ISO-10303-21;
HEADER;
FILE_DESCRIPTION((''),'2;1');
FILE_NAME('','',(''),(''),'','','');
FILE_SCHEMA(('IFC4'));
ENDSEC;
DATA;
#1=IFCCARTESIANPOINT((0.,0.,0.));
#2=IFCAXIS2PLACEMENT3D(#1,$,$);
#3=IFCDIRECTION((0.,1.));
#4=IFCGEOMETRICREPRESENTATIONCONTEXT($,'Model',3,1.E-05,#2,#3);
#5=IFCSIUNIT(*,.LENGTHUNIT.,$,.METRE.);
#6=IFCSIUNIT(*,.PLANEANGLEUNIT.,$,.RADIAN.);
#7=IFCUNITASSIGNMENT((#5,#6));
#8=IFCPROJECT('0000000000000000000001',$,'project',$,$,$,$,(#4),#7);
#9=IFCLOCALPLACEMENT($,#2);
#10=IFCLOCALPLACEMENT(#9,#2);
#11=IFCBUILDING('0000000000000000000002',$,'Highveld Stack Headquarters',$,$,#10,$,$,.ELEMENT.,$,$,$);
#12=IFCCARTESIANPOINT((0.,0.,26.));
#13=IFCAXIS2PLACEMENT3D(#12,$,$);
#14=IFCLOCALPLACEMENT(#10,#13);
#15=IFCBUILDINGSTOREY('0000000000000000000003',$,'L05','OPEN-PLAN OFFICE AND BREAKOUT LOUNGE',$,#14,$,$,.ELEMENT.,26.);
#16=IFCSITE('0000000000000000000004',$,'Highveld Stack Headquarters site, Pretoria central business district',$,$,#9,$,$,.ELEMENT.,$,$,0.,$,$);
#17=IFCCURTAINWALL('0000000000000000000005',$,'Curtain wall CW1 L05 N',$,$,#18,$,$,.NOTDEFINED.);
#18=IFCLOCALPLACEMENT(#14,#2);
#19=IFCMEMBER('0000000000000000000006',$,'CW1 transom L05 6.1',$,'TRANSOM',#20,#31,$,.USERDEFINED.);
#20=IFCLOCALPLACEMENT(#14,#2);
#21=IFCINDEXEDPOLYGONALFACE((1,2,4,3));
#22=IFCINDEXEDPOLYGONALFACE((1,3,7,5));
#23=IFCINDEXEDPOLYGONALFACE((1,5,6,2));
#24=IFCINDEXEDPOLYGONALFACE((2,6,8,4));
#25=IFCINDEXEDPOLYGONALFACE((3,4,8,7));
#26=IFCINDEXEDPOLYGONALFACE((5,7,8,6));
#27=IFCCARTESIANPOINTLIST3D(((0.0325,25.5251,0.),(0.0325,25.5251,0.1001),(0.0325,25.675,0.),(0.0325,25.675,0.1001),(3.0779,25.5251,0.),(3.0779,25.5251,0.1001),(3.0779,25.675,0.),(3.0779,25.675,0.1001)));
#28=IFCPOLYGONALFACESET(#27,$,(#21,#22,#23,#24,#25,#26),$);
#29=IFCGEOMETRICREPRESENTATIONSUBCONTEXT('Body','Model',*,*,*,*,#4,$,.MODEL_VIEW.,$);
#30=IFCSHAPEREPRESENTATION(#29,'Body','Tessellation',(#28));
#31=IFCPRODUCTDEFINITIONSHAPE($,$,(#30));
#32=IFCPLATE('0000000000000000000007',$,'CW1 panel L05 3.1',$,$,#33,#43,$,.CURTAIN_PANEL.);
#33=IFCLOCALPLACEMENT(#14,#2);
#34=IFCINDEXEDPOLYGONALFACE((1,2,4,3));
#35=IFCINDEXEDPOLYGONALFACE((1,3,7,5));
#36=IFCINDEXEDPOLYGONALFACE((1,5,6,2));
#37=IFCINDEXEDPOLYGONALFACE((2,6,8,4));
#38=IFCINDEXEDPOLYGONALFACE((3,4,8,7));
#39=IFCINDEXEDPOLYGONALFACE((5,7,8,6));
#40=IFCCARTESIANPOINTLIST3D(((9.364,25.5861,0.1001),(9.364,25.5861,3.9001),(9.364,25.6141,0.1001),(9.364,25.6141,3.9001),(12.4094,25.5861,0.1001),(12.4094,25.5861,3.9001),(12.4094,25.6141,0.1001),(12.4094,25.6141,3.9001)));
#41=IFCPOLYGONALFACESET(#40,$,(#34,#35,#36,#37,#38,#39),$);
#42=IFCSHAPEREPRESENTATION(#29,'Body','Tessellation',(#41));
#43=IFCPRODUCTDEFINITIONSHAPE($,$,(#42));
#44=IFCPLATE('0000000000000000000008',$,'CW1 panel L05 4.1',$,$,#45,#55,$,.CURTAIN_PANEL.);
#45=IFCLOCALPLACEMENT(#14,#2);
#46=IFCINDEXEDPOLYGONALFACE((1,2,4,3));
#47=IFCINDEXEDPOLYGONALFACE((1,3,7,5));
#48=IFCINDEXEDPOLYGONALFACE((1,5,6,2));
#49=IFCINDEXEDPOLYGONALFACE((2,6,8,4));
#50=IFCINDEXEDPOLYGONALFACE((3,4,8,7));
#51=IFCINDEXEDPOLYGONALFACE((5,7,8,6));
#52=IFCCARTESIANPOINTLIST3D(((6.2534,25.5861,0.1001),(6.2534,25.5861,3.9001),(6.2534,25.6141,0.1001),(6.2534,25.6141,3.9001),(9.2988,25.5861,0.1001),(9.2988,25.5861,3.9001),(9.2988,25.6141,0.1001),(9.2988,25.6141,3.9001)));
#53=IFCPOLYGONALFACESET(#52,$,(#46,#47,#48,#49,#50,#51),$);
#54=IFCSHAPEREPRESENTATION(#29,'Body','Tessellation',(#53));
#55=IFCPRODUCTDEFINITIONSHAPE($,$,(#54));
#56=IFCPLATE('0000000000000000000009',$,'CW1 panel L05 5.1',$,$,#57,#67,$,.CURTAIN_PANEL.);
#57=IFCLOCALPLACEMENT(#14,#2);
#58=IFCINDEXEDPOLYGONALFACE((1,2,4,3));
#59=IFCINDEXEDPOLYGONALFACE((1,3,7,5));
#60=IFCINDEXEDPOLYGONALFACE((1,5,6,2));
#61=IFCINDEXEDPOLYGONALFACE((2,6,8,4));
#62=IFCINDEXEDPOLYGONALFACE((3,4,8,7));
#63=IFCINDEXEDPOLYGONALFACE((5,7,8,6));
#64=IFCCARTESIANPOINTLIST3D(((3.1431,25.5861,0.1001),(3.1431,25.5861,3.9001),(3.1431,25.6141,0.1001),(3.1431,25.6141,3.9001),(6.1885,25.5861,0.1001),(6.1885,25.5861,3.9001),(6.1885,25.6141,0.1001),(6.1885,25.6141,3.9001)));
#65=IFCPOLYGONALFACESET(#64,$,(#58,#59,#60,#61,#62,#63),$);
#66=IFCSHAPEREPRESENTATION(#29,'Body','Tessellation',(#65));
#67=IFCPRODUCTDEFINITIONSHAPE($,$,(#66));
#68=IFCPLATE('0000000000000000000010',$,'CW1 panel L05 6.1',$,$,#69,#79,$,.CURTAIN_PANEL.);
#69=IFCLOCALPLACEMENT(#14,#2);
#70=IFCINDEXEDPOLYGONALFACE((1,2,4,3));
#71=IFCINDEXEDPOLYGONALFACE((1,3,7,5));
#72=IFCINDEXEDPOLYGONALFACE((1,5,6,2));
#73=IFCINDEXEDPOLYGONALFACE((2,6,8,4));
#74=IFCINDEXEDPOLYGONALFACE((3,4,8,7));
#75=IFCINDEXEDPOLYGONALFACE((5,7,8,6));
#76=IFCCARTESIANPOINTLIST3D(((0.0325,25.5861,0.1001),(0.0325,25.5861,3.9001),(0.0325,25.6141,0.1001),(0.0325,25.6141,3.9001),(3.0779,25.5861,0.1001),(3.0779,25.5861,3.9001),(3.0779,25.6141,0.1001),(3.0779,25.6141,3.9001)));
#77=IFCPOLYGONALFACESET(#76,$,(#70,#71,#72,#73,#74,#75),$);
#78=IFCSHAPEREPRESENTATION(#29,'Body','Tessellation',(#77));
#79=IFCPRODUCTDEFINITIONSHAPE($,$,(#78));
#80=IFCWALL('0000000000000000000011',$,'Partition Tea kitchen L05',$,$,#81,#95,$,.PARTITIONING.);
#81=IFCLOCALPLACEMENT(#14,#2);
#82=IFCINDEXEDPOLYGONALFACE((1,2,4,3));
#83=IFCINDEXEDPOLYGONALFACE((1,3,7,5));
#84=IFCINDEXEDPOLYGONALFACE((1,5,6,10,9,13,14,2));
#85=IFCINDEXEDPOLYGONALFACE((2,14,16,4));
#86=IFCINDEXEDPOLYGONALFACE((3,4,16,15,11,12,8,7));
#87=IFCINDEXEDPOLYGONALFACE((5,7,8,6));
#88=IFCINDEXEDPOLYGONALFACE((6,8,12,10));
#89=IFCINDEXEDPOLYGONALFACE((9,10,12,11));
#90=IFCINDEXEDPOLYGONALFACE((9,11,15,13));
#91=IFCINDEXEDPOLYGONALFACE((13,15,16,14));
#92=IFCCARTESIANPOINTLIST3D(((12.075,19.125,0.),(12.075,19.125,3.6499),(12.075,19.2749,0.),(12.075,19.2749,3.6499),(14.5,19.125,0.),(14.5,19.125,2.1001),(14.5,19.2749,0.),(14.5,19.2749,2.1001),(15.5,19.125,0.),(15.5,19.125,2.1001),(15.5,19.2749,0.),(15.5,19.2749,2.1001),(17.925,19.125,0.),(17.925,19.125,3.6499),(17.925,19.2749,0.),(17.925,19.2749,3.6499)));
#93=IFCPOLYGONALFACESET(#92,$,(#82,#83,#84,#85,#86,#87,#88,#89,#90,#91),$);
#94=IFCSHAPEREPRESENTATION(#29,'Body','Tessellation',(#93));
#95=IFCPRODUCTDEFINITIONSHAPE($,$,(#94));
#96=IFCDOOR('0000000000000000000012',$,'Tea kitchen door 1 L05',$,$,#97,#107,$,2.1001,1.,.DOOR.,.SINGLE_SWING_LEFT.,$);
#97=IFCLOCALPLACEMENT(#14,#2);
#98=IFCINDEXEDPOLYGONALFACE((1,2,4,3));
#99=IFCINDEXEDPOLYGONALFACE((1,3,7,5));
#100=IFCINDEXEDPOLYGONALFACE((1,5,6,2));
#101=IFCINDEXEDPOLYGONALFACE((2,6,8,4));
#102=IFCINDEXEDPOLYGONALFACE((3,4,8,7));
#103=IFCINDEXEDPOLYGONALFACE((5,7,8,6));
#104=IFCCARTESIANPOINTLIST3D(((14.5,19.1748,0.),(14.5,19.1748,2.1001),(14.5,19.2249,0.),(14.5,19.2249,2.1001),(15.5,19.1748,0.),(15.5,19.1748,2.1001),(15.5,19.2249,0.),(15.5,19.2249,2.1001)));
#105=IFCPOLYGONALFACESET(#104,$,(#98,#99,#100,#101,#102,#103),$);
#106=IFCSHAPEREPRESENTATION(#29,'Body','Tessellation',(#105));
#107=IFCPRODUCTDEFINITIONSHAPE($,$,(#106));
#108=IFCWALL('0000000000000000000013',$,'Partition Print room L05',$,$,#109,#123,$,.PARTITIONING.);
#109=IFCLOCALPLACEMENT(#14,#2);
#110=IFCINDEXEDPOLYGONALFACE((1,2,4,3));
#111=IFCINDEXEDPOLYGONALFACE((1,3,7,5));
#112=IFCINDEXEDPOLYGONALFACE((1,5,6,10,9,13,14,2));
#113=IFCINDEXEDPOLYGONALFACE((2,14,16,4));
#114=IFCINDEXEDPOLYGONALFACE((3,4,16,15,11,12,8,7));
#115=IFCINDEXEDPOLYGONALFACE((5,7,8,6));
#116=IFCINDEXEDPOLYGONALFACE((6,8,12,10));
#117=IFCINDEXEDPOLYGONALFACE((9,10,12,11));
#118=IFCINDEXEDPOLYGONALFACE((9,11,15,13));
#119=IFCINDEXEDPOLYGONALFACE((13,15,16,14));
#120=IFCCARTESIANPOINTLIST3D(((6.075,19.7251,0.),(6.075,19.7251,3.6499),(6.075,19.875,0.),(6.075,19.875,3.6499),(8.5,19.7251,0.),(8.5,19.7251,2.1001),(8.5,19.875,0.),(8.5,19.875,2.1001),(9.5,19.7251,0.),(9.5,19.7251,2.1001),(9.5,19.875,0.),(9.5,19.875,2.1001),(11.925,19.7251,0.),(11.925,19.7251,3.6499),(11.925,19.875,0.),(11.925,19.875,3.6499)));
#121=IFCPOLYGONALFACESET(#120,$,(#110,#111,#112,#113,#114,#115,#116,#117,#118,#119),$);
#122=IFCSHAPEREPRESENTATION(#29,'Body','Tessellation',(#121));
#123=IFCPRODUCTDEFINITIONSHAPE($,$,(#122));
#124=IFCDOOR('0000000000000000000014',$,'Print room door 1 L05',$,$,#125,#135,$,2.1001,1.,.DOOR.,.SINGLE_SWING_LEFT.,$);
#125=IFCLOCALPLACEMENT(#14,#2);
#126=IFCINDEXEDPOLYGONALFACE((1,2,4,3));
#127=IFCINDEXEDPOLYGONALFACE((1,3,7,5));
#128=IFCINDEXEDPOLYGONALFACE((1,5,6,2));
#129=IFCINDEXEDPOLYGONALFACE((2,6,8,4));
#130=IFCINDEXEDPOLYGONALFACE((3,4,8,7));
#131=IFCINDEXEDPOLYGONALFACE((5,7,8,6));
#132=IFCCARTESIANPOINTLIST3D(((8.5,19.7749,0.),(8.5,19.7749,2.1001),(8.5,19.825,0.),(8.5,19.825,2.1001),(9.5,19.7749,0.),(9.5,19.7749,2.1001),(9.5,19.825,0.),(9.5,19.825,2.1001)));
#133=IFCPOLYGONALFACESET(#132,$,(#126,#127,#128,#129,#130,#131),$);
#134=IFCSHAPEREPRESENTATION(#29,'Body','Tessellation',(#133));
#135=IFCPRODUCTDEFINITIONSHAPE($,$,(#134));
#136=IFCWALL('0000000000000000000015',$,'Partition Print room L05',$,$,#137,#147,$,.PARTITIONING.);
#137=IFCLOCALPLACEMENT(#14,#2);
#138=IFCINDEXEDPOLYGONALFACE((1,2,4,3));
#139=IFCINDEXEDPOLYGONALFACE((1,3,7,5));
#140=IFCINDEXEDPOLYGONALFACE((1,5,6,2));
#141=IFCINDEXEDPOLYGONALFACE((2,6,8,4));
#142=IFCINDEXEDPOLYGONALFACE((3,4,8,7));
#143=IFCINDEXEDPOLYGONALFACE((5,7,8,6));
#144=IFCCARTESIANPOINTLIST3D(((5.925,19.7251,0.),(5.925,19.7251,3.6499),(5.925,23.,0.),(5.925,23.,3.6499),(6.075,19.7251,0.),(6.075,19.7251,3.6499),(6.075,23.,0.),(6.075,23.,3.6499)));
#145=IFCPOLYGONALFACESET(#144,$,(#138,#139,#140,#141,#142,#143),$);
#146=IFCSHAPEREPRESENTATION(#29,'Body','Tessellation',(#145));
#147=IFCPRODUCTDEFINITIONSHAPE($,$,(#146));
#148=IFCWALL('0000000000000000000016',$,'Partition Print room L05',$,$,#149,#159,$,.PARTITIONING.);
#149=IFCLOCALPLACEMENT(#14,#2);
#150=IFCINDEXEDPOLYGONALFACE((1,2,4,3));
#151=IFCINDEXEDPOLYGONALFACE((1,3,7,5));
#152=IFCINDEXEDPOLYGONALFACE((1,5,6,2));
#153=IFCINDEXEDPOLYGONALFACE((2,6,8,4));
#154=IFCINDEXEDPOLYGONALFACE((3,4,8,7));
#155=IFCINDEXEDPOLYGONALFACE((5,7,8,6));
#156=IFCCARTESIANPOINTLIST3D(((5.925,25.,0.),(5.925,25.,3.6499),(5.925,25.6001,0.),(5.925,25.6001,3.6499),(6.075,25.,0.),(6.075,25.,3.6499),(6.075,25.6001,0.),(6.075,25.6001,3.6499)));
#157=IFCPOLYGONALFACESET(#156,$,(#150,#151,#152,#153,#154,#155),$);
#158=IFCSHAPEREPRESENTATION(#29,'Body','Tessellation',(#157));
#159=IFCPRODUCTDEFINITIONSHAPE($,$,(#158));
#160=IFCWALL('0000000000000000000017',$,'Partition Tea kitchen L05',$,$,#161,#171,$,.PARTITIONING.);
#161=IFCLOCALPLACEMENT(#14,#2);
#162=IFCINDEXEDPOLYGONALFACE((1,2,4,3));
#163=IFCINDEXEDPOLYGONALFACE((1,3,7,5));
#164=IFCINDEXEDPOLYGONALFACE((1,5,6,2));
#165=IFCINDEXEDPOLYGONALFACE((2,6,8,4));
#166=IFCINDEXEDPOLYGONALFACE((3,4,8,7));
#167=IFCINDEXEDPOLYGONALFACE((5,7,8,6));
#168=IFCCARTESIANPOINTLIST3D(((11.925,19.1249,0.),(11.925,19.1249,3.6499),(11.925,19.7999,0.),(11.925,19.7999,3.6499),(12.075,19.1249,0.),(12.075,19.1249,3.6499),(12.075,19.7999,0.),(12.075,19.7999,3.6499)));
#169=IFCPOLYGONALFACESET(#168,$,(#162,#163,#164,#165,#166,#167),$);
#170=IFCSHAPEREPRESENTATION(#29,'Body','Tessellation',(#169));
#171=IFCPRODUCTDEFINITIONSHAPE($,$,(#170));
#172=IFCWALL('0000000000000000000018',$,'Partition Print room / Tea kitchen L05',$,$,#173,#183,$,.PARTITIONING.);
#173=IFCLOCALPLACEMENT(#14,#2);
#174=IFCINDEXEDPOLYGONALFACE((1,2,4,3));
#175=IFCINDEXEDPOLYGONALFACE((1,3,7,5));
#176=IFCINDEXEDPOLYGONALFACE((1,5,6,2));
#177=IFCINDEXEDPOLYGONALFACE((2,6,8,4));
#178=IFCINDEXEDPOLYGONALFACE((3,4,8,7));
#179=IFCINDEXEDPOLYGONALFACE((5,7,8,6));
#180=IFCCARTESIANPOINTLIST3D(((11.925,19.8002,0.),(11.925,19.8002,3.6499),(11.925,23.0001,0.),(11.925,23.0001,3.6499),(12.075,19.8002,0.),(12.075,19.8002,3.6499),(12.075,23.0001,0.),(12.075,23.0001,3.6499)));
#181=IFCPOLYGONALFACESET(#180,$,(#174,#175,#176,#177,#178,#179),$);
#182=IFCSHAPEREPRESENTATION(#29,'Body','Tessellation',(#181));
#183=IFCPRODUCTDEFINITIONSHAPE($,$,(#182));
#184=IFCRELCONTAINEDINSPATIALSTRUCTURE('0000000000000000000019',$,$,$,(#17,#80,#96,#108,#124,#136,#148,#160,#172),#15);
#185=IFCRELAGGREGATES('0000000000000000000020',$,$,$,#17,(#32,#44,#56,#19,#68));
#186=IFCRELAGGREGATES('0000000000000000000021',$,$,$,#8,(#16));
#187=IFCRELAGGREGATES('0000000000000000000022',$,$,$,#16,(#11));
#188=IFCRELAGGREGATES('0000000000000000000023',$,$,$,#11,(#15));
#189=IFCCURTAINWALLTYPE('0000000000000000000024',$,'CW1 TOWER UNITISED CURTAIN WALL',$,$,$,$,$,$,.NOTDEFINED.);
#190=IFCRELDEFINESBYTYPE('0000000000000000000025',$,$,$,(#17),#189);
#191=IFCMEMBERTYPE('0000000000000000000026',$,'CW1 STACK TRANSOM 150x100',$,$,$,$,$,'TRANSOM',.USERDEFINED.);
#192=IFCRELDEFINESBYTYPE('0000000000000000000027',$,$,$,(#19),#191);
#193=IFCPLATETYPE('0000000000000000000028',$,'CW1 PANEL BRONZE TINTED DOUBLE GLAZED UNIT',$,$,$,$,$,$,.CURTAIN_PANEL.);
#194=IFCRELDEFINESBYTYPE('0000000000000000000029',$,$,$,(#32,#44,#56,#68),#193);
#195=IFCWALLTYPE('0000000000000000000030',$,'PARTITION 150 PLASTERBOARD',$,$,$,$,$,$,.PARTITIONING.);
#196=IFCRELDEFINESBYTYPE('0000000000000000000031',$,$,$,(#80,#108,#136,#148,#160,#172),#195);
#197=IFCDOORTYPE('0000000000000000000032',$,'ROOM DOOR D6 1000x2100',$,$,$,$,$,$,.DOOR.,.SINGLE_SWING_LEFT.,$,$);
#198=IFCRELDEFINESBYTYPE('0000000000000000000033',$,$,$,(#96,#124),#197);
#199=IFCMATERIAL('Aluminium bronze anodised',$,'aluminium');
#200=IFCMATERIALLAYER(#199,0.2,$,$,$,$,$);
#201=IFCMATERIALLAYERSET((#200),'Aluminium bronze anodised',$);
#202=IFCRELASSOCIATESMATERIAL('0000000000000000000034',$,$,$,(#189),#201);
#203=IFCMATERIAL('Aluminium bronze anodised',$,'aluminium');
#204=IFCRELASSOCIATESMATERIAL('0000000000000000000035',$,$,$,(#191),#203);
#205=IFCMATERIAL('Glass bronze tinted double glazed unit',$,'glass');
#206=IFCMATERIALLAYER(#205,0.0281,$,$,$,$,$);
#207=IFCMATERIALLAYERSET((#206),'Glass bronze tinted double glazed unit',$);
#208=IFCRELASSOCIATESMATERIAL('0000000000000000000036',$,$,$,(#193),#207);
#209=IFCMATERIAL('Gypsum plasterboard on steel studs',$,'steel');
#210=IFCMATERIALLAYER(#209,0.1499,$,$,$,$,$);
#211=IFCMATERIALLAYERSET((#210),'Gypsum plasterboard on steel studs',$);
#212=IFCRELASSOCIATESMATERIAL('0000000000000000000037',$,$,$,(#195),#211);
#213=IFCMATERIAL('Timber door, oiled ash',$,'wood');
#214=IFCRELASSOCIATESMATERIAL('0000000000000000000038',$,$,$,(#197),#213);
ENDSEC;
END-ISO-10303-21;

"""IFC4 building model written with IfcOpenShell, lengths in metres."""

from ifc_helpers import new_model, si_unit, direction, frame, frame_2d, origin, origin_2d, place, context, subcontext, project, spatial, rectangle, extrude, material, layer, layer_set, material_profile, profile_set, type_object, element, fill, aggregate, save


model = new_model("IFC4")

# Units and contexts
model_context = context("Model", 3, precision=1e-05, world=origin(), true_north=direction((0.0, 1.0)))
body_context = subcontext(model_context, "Body", "Model", "MODEL_VIEW")
ifc_project = project(units=[si_unit("LENGTHUNIT", "METRE"), si_unit("PLANEANGLEUNIT", "RADIAN")], contexts=[model_context])

# Site, building, storey
site_placement = place(None, origin())
site = spatial("IfcSite", under=ifc_project, at=site_placement, Name="Highveld Stack Headquarters site, Pretoria central business district", CompositionType="ELEMENT", RefElevation=0.0)
building_placement = place(site_placement, origin())
building = spatial("IfcBuilding", under=site, at=building_placement, Name="Highveld Stack Headquarters", CompositionType="ELEMENT")
storey_placement = place(building_placement, frame((0.0, 0.0, 26.0)))
storey = spatial("IfcBuildingStorey", under=building, at=storey_placement, Name="L05", Description="OPEN-PLAN OFFICE AND BREAKOUT LOUNGE", CompositionType="ELEMENT", Elevation=26.0)

# Curtain wall, member, plates
ifc_material_1 = material(Name="Aluminium bronze anodised", Category="aluminium")
ifc_layer_1 = layer(ifc_material_1, 0.2)
ifc_layer_set_1 = layer_set([ifc_layer_1], Name="Aluminium bronze anodised")
curtain_wall_type = type_object("IfcCurtainWallType", Name="CW1 TOWER UNITISED CURTAIN WALL", PredefinedType="NOTDEFINED", material=ifc_layer_set_1)
curtain_wall_placement = place(storey_placement, origin())
curtain_wall = element("IfcCurtainWall", 1, at=curtain_wall_placement, inside=storey, type_object=curtain_wall_type, Name="Curtain wall CW1 L05 N", PredefinedType="NOTDEFINED")
ifc_material_2 = material(Name="Aluminium bronze anodised", Category="aluminium")
ifc_material_profile_1 = material_profile(ifc_material_2, rectangle(XDim=0.1499, YDim=0.1001, at=origin_2d()), Name="CW1 TRANSOM 150x100")
ifc_profile_set_1 = profile_set([ifc_material_profile_1], Name="Aluminium bronze anodised")
member_type_1 = type_object("IfcMemberType", Name="CW1 STACK TRANSOM 150x100", ElementType="TRANSOM", PredefinedType="USERDEFINED", material=ifc_profile_set_1)
member_1_placement = place(storey_placement, frame((3.0779, 25.6001, 0.05), z_axis=(-1.0, 0.0, 0.0), x_axis=(0.0, -1.0, 0.0)))
member_1 = element("IfcMember", 2, at=member_1_placement, type_object=member_type_1, Name="CW1 transom L05 6.1", ObjectType="TRANSOM", PredefinedType="USERDEFINED", context=body_context, shape_type="SweptSolid", body=[
    extrude(rectangle(XDim=0.1499, YDim=0.1001, at=origin_2d()), origin(), (0.0, 0.0, 1.0), 3.0454),
])
ifc_material_3 = material(Name="Glass bronze tinted double glazed unit", Category="glass")
ifc_layer_2 = layer(ifc_material_3, 0.0281)
ifc_layer_set_2 = layer_set([ifc_layer_2], Name="Glass bronze tinted double glazed unit")
plate_type = type_object("IfcPlateType", Name="CW1 PANEL BRONZE TINTED DOUBLE GLAZED UNIT", PredefinedType="CURTAIN_PANEL", material=ifc_layer_set_2)
plate_1_placement = place(storey_placement, frame((10.8867, 25.6001, 0.1001), z_axis=(0.0, 0.0, 1.0), x_axis=(-1.0, 0.0, 0.0)))
plate_1 = element("IfcPlate", 3, at=plate_1_placement, type_object=plate_type, Name="CW1 panel L05 3.1", PredefinedType="CURTAIN_PANEL", context=body_context, shape_type="SweptSolid", body=[
    extrude(rectangle(XDim=3.0454, YDim=0.0281, at=origin_2d()), origin(), (0.0, 0.0, 1.0), 3.8),
])
plate_2_placement = place(storey_placement, frame((7.7761, 25.6001, 0.1001), z_axis=(0.0, 0.0, 1.0), x_axis=(-1.0, 0.0, 0.0)))
plate_2 = element("IfcPlate", 4, at=plate_2_placement, type_object=plate_type, Name="CW1 panel L05 4.1", PredefinedType="CURTAIN_PANEL", context=body_context, shape_type="SweptSolid", body=[
    extrude(rectangle(XDim=3.0454, YDim=0.0281, at=origin_2d()), origin(), (0.0, 0.0, 1.0), 3.8),
])
plate_3_placement = place(storey_placement, frame((4.6658, 25.6001, 0.1001), z_axis=(0.0, 0.0, 1.0), x_axis=(-1.0, 0.0, 0.0)))
plate_3 = element("IfcPlate", 5, at=plate_3_placement, type_object=plate_type, Name="CW1 panel L05 5.1", PredefinedType="CURTAIN_PANEL", context=body_context, shape_type="SweptSolid", body=[
    extrude(rectangle(XDim=3.0454, YDim=0.0281, at=origin_2d()), origin(), (0.0, 0.0, 1.0), 3.8),
])
plate_4_placement = place(storey_placement, frame((1.5552, 25.6001, 0.1001), z_axis=(0.0, 0.0, 1.0), x_axis=(-1.0, 0.0, 0.0)))
plate_4 = element("IfcPlate", 6, at=plate_4_placement, type_object=plate_type, Name="CW1 panel L05 6.1", PredefinedType="CURTAIN_PANEL", context=body_context, shape_type="SweptSolid", body=[
    extrude(rectangle(XDim=3.0454, YDim=0.0281, at=origin_2d()), origin(), (0.0, 0.0, 1.0), 3.8),
])
aggregate(curtain_wall, [plate_1, plate_2, plate_3, member_1, plate_4])

# Walls, openings, doors
ifc_material_4 = material(Name="Gypsum plasterboard on steel studs", Category="steel")
ifc_layer_3 = layer(ifc_material_4, 0.1499)
ifc_layer_set_3 = layer_set([ifc_layer_3], Name="Gypsum plasterboard on steel studs")
wall_type = type_object("IfcWallType", Name="PARTITION 150 PLASTERBOARD", PredefinedType="PARTITIONING", material=ifc_layer_set_3)
wall_1_placement = place(storey_placement, frame((12.075, 19.2, 0.0), z_axis=(0.0, 0.0, 1.0), x_axis=(1.0, 0.0, 0.0)))
wall_1 = element("IfcWall", 7, at=wall_1_placement, inside=storey, type_object=wall_type, Name="Partition Tea kitchen L05", PredefinedType="PARTITIONING", context=body_context, shape_type="SweptSolid", body=[
    extrude(rectangle(XDim=5.8501, YDim=0.1499, at=frame_2d((2.925, 0.0))), origin(), (0.0, 0.0, 1.0), 3.6499),
])
opening_1_placement = place(wall_1_placement, frame((2.425, 0.0, 0.0)))
opening_1 = element("IfcOpeningElement", 8, at=opening_1_placement, cuts=wall_1, PredefinedType="OPENING", context=body_context, shape_type="SweptSolid", body=[
    extrude(rectangle(XDim=1.0, YDim=2.1001, at=frame_2d((0.5, 1.05))), frame((0.0, 0.085, 0.0), z_axis=(0.0, -1.0, 0.0), x_axis=(1.0, 0.0, 0.0)), (0.0, 0.0, 1.0), 0.1699),
])
ifc_material_5 = material(Name="Timber door, oiled ash", Category="wood")
door_type = type_object("IfcDoorType", Name="ROOM DOOR D6 1000x2100", OperationType="SINGLE_SWING_LEFT", PredefinedType="DOOR", material=ifc_material_5)
door_1_placement = place(opening_1_placement, origin())
door_1 = element("IfcDoor", 9, at=door_1_placement, inside=storey, type_object=door_type, Name="Tea kitchen door 1 L05", OperationType="SINGLE_SWING_LEFT", OverallHeight=2.1001, OverallWidth=1.0, PredefinedType="DOOR", context=body_context, shape_type="SweptSolid", body=[
    extrude(rectangle(XDim=1.0, YDim=2.1001, at=frame_2d((0.5, 1.05))), frame((0.0, 0.0249, 0.0), z_axis=(0.0, -1.0, 0.0), x_axis=(1.0, 0.0, 0.0)), (0.0, 0.0, 1.0), 0.05),
])
fill(opening_1, door_1)
wall_2_placement = place(storey_placement, frame((6.075, 19.8, 0.0), z_axis=(0.0, 0.0, 1.0), x_axis=(1.0, 0.0, 0.0)))
wall_2 = element("IfcWall", 10, at=wall_2_placement, inside=storey, type_object=wall_type, Name="Partition Print room L05", PredefinedType="PARTITIONING", context=body_context, shape_type="SweptSolid", body=[
    extrude(rectangle(XDim=5.8501, YDim=0.1499, at=frame_2d((2.925, 0.0))), origin(), (0.0, 0.0, 1.0), 3.6499),
])
opening_2_placement = place(wall_2_placement, frame((2.425, 0.0, 0.0)))
opening_2 = element("IfcOpeningElement", 11, at=opening_2_placement, cuts=wall_2, PredefinedType="OPENING", context=body_context, shape_type="SweptSolid", body=[
    extrude(rectangle(XDim=1.0, YDim=2.1001, at=frame_2d((0.5, 1.05))), frame((0.0, 0.085, 0.0), z_axis=(0.0, -1.0, 0.0), x_axis=(1.0, 0.0, 0.0)), (0.0, 0.0, 1.0), 0.1699),
])
door_2_placement = place(opening_2_placement, origin())
door_2 = element("IfcDoor", 12, at=door_2_placement, inside=storey, type_object=door_type, Name="Print room door 1 L05", OperationType="SINGLE_SWING_LEFT", OverallHeight=2.1001, OverallWidth=1.0, PredefinedType="DOOR", context=body_context, shape_type="SweptSolid", body=[
    extrude(rectangle(XDim=1.0, YDim=2.1001, at=frame_2d((0.5, 1.05))), frame((0.0, 0.0249, 0.0), z_axis=(0.0, -1.0, 0.0), x_axis=(1.0, 0.0, 0.0)), (0.0, 0.0, 1.0), 0.05),
])
fill(opening_2, door_2)

# Walls
wall_3_placement = place(storey_placement, frame((6.0, 19.7251, 0.0), z_axis=(0.0, 0.0, 1.0), x_axis=(0.0, 1.0, 0.0)))
element("IfcWall", 13, at=wall_3_placement, inside=storey, type_object=wall_type, Name="Partition Print room L05", PredefinedType="PARTITIONING", context=body_context, shape_type="SweptSolid", body=[
    extrude(rectangle(XDim=3.2749, YDim=0.1499, at=frame_2d((1.6375, 0.0))), origin(), (0.0, 0.0, 1.0), 3.6499),
])
wall_4_placement = place(storey_placement, frame((6.0, 25.0, 0.0), z_axis=(0.0, 0.0, 1.0), x_axis=(0.0, 1.0, 0.0)))
element("IfcWall", 14, at=wall_4_placement, inside=storey, type_object=wall_type, Name="Partition Print room L05", PredefinedType="PARTITIONING", context=body_context, shape_type="SweptSolid", body=[
    extrude(rectangle(XDim=0.6001, YDim=0.1499, at=frame_2d((0.3, 0.0))), origin(), (0.0, 0.0, 1.0), 3.6499),
])
wall_5_placement = place(storey_placement, frame((12.0, 19.125, 0.0), z_axis=(0.0, 0.0, 1.0), x_axis=(0.0, 1.0, 0.0)))
element("IfcWall", 15, at=wall_5_placement, inside=storey, type_object=wall_type, Name="Partition Tea kitchen L05", PredefinedType="PARTITIONING", context=body_context, shape_type="SweptSolid", body=[
    extrude(rectangle(XDim=0.675, YDim=0.1499, at=frame_2d((0.3374, 0.0))), origin(), (0.0, 0.0, 1.0), 3.6499),
])
wall_6_placement = place(storey_placement, frame((12.0, 19.8, 0.0), z_axis=(0.0, 0.0, 1.0), x_axis=(0.0, 1.0, 0.0)))
element("IfcWall", 16, at=wall_6_placement, inside=storey, type_object=wall_type, Name="Partition Print room / Tea kitchen L05", PredefinedType="PARTITIONING", context=body_context, shape_type="SweptSolid", body=[
    extrude(rectangle(XDim=3.2, YDim=0.1499, at=frame_2d((1.6001, 0.0))), origin(), (0.0, 0.0, 1.0), 3.6499),
])

save(model, "model.ifc")
